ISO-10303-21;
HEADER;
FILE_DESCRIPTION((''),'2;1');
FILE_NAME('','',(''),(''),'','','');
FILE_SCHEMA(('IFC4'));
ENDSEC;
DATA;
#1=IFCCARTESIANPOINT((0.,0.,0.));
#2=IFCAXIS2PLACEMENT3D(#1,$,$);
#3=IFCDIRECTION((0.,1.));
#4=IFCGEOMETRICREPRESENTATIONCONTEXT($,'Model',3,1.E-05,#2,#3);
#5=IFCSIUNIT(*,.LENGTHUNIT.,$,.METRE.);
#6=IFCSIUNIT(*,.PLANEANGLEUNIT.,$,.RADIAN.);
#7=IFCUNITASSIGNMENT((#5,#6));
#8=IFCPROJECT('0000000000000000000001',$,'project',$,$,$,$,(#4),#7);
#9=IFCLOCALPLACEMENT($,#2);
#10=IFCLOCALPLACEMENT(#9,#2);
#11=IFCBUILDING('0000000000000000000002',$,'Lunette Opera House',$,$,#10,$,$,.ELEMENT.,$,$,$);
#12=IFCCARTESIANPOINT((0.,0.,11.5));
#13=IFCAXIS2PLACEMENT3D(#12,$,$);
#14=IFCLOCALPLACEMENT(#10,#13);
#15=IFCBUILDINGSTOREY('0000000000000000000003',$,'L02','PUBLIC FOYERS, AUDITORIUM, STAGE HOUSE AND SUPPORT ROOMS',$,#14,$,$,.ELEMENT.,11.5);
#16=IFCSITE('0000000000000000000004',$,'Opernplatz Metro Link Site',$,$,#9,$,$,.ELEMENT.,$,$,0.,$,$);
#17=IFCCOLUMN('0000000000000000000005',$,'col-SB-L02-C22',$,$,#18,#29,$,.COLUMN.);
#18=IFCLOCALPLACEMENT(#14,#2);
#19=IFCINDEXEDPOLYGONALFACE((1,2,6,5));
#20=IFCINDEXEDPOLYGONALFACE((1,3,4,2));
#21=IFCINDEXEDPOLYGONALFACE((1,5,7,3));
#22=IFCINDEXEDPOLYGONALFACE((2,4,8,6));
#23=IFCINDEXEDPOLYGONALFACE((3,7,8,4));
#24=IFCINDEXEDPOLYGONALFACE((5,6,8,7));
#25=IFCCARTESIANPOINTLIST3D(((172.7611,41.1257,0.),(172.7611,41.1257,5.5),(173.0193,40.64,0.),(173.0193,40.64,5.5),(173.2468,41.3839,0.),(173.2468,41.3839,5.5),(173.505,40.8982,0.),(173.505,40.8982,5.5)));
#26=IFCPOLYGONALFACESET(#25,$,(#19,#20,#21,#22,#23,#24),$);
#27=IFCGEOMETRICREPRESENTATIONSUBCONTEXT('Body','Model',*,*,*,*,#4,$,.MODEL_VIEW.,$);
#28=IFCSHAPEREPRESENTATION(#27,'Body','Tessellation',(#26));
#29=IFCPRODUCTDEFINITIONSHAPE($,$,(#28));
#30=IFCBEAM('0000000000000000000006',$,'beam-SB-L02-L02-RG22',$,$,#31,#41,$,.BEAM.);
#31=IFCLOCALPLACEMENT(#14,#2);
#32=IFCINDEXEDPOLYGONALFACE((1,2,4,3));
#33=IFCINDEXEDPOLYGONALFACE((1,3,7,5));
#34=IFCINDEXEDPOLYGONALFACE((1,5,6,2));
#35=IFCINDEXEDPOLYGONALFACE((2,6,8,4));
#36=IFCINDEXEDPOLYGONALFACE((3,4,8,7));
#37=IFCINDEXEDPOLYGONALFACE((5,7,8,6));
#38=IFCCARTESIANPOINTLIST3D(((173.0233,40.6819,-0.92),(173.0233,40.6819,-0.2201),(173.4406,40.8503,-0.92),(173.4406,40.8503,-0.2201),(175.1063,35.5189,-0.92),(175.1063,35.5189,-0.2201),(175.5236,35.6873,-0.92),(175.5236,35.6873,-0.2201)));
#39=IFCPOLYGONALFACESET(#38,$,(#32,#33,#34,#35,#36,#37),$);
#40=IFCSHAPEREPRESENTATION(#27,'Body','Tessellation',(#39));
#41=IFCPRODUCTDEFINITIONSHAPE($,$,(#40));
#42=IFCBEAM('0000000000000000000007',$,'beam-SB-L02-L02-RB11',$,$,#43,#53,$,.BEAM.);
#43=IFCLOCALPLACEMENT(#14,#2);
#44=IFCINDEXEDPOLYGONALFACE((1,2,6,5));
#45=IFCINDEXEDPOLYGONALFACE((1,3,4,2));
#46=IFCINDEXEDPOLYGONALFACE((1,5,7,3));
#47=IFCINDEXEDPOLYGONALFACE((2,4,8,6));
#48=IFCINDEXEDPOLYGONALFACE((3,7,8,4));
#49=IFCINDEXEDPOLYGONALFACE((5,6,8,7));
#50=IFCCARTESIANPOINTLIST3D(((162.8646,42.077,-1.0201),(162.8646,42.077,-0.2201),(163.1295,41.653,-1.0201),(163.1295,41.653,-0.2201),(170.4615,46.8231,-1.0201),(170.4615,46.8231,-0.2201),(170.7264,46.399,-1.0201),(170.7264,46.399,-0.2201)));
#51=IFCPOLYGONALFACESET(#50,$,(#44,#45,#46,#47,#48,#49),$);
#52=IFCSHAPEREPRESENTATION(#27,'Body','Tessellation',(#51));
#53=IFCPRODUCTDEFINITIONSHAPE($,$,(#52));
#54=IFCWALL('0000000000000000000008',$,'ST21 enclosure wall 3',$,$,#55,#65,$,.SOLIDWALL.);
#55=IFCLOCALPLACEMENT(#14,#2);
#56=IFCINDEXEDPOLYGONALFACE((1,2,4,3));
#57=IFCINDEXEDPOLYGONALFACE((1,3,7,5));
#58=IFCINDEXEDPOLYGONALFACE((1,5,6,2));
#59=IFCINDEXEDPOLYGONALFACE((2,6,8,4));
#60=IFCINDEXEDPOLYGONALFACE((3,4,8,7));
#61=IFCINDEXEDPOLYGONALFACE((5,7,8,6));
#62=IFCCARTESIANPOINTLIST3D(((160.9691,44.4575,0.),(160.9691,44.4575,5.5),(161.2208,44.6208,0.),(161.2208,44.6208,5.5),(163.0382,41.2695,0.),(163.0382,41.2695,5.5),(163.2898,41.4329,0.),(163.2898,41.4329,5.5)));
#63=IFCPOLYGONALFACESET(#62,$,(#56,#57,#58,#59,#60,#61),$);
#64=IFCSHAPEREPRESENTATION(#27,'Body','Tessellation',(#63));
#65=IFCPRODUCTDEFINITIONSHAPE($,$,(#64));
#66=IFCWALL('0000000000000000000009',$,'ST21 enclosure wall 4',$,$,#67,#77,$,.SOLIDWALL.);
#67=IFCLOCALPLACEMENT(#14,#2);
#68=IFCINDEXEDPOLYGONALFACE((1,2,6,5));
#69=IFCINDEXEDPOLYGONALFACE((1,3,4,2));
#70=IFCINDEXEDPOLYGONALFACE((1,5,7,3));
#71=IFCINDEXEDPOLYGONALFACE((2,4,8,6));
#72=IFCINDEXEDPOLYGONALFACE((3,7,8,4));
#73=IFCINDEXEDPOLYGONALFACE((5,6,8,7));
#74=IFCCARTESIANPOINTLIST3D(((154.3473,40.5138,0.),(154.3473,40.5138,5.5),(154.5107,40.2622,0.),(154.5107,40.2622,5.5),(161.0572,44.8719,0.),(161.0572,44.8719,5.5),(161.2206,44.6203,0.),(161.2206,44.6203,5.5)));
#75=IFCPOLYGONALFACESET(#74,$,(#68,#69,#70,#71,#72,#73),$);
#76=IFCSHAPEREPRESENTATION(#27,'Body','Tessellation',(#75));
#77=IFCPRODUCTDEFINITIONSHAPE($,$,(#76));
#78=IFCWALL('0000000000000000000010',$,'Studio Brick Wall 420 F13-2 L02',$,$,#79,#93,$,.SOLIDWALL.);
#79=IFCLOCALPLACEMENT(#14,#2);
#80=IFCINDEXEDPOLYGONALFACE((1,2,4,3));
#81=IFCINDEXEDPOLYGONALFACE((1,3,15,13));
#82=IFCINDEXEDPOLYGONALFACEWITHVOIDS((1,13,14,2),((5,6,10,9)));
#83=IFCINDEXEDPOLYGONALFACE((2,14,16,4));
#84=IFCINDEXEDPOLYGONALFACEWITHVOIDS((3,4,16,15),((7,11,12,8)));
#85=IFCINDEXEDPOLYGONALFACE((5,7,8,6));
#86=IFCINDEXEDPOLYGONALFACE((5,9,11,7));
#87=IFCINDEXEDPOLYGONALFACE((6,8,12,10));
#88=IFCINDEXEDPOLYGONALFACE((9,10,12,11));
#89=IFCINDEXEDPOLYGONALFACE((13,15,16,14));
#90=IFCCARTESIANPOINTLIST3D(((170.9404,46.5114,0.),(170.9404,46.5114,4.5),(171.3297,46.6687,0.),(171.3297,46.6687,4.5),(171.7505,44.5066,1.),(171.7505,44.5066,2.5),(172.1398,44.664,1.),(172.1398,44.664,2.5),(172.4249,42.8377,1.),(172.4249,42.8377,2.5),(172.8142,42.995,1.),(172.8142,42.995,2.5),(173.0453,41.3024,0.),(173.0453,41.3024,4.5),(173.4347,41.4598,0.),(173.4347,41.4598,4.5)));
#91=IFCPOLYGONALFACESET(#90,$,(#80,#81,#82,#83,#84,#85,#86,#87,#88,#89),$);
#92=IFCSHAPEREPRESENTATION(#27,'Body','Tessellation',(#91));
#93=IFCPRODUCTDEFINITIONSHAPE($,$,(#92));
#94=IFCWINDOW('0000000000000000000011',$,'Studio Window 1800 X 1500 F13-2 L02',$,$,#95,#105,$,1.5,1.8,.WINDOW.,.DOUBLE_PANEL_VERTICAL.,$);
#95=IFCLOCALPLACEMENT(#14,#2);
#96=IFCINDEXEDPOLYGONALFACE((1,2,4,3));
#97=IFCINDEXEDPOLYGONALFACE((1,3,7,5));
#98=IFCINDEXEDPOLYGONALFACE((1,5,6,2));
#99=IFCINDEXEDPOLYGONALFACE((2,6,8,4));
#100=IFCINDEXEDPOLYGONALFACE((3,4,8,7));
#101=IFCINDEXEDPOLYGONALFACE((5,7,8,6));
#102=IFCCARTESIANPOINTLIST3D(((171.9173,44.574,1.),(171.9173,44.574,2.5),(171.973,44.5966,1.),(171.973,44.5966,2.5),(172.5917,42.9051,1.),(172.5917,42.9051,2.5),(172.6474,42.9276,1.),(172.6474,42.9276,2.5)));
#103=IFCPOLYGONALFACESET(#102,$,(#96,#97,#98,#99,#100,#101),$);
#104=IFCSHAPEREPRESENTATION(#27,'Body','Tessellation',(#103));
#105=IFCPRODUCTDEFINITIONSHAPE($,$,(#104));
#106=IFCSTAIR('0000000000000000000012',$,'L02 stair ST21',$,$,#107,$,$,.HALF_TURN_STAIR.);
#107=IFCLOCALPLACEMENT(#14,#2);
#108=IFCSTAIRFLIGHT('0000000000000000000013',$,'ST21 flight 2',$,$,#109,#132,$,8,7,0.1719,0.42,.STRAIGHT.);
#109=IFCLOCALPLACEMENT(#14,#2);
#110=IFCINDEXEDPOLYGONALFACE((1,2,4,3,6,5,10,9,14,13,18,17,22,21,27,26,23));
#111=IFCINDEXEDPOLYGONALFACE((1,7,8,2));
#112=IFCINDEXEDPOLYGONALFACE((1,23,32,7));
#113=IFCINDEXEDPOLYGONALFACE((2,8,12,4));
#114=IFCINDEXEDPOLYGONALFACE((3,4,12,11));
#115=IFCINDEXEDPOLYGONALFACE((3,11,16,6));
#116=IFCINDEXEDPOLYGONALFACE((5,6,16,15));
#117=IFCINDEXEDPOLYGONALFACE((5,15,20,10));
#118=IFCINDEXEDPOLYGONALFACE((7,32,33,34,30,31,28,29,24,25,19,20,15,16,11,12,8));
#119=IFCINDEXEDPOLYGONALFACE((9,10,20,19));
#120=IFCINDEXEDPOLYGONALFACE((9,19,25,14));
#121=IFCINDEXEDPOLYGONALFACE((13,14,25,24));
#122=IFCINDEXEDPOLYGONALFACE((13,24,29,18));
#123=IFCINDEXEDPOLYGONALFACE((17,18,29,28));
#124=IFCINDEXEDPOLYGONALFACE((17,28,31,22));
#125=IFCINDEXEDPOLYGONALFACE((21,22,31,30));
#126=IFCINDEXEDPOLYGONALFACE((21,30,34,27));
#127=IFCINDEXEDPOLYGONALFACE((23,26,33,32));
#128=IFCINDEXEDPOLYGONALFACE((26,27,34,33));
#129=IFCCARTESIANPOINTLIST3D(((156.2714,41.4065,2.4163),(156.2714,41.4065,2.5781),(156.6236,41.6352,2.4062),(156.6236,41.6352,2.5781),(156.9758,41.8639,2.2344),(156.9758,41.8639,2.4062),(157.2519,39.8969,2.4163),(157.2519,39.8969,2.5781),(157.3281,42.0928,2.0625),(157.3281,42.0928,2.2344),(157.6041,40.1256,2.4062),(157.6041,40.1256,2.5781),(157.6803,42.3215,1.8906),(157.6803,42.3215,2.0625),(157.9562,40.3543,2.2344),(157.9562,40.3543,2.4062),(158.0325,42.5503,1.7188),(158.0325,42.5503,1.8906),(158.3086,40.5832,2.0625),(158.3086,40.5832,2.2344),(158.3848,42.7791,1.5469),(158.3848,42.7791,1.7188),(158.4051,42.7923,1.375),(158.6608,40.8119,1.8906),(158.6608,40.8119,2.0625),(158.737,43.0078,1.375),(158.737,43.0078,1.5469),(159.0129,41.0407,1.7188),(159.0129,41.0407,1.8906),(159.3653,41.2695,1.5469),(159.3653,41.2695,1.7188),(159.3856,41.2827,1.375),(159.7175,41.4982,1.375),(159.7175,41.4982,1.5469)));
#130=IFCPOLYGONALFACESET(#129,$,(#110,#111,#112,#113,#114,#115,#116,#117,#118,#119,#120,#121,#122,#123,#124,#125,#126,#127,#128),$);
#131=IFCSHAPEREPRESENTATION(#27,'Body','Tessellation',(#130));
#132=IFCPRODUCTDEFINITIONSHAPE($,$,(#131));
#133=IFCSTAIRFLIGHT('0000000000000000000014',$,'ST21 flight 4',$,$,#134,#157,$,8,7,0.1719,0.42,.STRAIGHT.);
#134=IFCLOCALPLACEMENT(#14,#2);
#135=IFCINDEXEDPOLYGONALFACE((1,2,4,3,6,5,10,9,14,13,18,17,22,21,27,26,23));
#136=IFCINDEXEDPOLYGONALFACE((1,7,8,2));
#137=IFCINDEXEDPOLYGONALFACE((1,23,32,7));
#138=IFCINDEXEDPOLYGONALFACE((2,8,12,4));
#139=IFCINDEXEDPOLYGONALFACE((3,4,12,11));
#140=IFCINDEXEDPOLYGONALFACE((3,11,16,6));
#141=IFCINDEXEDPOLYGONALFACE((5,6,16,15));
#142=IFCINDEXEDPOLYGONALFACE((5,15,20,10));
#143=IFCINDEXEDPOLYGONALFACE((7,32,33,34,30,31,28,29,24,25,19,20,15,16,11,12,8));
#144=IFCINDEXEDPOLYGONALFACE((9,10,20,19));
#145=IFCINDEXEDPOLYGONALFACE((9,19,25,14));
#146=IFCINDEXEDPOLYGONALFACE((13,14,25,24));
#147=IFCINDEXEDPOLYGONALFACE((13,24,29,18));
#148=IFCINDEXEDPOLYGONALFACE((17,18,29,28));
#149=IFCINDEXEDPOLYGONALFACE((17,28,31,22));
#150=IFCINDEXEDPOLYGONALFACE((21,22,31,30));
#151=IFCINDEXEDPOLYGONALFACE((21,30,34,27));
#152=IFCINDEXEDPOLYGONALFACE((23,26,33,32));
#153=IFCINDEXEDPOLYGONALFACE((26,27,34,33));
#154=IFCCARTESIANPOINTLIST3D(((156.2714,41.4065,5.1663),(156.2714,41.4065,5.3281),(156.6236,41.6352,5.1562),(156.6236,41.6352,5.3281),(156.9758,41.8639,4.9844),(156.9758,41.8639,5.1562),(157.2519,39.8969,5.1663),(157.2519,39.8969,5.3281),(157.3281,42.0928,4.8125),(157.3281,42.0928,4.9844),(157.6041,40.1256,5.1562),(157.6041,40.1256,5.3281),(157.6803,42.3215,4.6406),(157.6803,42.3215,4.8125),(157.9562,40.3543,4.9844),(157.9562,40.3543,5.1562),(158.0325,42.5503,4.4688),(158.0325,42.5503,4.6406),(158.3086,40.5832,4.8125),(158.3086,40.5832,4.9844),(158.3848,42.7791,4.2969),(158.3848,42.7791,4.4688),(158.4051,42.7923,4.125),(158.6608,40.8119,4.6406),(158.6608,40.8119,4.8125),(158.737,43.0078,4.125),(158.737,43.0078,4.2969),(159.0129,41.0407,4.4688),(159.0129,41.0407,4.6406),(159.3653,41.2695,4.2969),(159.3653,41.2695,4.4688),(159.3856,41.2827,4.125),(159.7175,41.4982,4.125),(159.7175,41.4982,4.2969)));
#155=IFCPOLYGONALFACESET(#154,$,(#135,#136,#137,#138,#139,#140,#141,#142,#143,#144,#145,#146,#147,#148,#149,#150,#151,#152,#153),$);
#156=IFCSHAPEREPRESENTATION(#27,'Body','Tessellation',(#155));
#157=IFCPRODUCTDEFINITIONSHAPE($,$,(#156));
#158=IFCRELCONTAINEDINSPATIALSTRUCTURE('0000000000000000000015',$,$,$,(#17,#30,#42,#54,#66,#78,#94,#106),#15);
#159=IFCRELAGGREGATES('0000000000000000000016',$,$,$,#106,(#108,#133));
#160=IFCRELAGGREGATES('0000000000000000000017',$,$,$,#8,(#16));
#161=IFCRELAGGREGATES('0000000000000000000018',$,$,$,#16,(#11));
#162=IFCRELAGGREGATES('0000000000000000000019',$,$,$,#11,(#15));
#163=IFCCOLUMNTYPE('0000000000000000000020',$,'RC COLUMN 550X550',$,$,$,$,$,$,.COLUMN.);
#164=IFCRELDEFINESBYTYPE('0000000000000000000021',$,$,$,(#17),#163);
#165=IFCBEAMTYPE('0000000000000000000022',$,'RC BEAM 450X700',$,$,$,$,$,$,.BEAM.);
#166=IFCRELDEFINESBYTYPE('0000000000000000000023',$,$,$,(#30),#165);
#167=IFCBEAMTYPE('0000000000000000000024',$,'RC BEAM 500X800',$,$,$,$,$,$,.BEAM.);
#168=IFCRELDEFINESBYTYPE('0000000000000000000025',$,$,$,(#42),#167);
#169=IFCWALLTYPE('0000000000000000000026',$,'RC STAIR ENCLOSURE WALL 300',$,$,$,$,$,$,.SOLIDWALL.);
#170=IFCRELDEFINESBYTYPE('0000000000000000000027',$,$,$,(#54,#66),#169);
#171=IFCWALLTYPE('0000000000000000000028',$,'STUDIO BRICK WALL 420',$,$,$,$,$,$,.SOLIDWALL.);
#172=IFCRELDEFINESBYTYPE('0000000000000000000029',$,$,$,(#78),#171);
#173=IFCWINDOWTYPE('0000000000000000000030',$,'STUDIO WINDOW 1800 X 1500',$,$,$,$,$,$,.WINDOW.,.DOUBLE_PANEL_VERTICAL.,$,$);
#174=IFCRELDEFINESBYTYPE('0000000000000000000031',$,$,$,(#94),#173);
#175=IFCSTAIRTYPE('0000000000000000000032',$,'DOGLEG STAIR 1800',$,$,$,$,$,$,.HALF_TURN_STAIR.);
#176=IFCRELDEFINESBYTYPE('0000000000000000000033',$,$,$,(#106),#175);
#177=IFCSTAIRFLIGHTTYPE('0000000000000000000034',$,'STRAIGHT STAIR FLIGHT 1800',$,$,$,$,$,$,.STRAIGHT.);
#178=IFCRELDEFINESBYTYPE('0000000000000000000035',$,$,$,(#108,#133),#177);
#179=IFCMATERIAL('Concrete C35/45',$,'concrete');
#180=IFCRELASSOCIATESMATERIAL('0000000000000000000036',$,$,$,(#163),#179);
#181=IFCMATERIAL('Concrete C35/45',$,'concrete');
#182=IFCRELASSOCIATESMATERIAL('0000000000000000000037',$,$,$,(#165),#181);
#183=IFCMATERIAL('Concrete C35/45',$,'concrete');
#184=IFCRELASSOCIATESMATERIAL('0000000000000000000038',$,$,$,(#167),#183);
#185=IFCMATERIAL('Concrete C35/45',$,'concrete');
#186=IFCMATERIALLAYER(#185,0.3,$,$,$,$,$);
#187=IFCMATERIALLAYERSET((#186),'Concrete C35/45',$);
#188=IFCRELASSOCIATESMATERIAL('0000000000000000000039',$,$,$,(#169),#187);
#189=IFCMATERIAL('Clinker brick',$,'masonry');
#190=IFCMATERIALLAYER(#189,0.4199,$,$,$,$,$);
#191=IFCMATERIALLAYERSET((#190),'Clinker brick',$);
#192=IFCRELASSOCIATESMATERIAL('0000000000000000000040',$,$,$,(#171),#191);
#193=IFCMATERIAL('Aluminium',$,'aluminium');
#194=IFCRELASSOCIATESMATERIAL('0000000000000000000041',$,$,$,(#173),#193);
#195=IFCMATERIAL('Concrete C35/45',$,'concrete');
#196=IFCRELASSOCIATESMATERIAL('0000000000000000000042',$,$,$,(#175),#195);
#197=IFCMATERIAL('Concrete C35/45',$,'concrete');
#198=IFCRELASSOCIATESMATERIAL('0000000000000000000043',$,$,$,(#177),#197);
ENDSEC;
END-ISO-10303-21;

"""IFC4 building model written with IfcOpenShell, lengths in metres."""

from ifc_helpers import new_model, si_unit, direction, frame, frame_2d, origin, origin_2d, place, context, subcontext, project, spatial, polyline, rectangle, outline, extrude, material, layer, layer_set, material_profile, profile_set, type_object, element, fill, aggregate, save


model = new_model("IFC4")

# Units and contexts
model_context = context("Model", 3, precision=1e-05, world=origin(), true_north=direction((0.0, 1.0)))
body_context = subcontext(model_context, "Body", "Model", "MODEL_VIEW")
ifc_project = project(units=[si_unit("LENGTHUNIT", "METRE"), si_unit("PLANEANGLEUNIT", "RADIAN")], contexts=[model_context])

# Site, building, storey
site_placement = place(None, origin())
site = spatial("IfcSite", under=ifc_project, at=site_placement, Name="Opernplatz Metro Link Site", CompositionType="ELEMENT", RefElevation=0.0)
building_placement = place(site_placement, origin())
building = spatial("IfcBuilding", under=site, at=building_placement, Name="Lunette Opera House", CompositionType="ELEMENT")
storey_placement = place(building_placement, frame((0.0, 0.0, 11.5)))
storey = spatial("IfcBuildingStorey", under=building, at=storey_placement, Name="L02", Description="PUBLIC FOYERS, AUDITORIUM, STAGE HOUSE AND SUPPORT ROOMS", CompositionType="ELEMENT", Elevation=11.5)

# Column
ifc_material_1 = material(Name="Concrete C35/45", Category="concrete")
ifc_material_profile_1 = material_profile(ifc_material_1, rectangle(XDim=0.55, YDim=0.55, at=origin_2d()), Name="RC COLUMN 550X550")
ifc_profile_set_1 = profile_set([ifc_material_profile_1], Name="Concrete C35/45")
column_type = type_object("IfcColumnType", Name="RC COLUMN 550X550", PredefinedType="COLUMN", material=ifc_profile_set_1)
column_placement = place(storey_placement, frame((173.1331, 41.012, 0.0), z_axis=(0.0, 0.0, 1.0), x_axis=(0.469472, -0.882948, 0.0)))
element("IfcColumn", 1, at=column_placement, inside=storey, type_object=column_type, Name="col-SB-L02-C22", PredefinedType="COLUMN", context=body_context, shape_type="SweptSolid", body=[
    extrude(rectangle(XDim=0.55, YDim=0.55, at=origin_2d()), origin(), (0.0, 0.0, 1.0), 5.5),
])

# Beams
ifc_material_2 = material(Name="Concrete C35/45", Category="concrete")
ifc_material_profile_2 = material_profile(ifc_material_2, rectangle(XDim=0.45, YDim=0.7, at=origin_2d()), Name="RC BEAM 450X700")
ifc_profile_set_2 = profile_set([ifc_material_profile_2], Name="Concrete C35/45")
beam_type_1 = type_object("IfcBeamType", Name="RC BEAM 450X700", PredefinedType="BEAM", material=ifc_profile_set_2)
beam_1_placement = place(storey_placement, frame((173.2319, 40.7661, -0.5701), z_axis=(0.374141, -0.927372, 0.0), x_axis=(0.927372, 0.374141, 0.0)))
element("IfcBeam", 2, at=beam_1_placement, inside=storey, type_object=beam_type_1, Name="beam-SB-L02-L02-RG22", PredefinedType="BEAM", context=body_context, shape_type="SweptSolid", body=[
    extrude(rectangle(XDim=0.45, YDim=0.7, at=origin_2d()), origin(), (0.0, 0.0, 1.0), 5.5674),
])
ifc_material_3 = material(Name="Concrete C35/45", Category="concrete")
ifc_material_profile_3 = material_profile(ifc_material_3, rectangle(XDim=0.5, YDim=0.8, at=origin_2d()), Name="RC BEAM 500X800")
ifc_profile_set_3 = profile_set([ifc_material_profile_3], Name="Concrete C35/45")
beam_type_2 = type_object("IfcBeamType", Name="RC BEAM 500X800", PredefinedType="BEAM", material=ifc_profile_set_3)
beam_2_placement = place(storey_placement, frame((162.9971, 41.865, -0.6201), z_axis=(0.848098, 0.52984, 0.0), x_axis=(-0.52984, 0.848098, 0.0)))
element("IfcBeam", 3, at=beam_2_placement, inside=storey, type_object=beam_type_2, Name="beam-SB-L02-L02-RB11", PredefinedType="BEAM", context=body_context, shape_type="SweptSolid", body=[
    extrude(rectangle(XDim=0.5, YDim=0.8, at=origin_2d()), origin(), (0.0, 0.0, 1.0), 8.9575),
])

# Walls
ifc_material_4 = material(Name="Concrete C35/45", Category="concrete")
ifc_layer_1 = layer(ifc_material_4, 0.3)
ifc_layer_set_1 = layer_set([ifc_layer_1], Name="Concrete C35/45")
wall_type_1 = type_object("IfcWallType", Name="RC STAIR ENCLOSURE WALL 300", PredefinedType="SOLIDWALL", material=ifc_layer_set_1)
wall_1_placement = place(storey_placement, frame((163.1641, 41.3511, 0.0), z_axis=(0.0, 0.0, 1.0), x_axis=(-0.544415, 0.838816, 0.0)))
element("IfcWall", 4, at=wall_1_placement, inside=storey, type_object=wall_type_1, Name="ST21 enclosure wall 3", PredefinedType="SOLIDWALL", context=body_context, shape_type="SweptSolid", body=[
    extrude(rectangle(XDim=3.8005, YDim=0.3, at=frame_2d((1.9004, 0.0))), origin(), (0.0, 0.0, 1.0), 5.5),
])
wall_2_placement = place(storey_placement, frame((161.1389, 44.7461, 0.0), z_axis=(0.0, 0.0, 1.0), x_axis=(-0.838633, -0.544697, 0.0)))
element("IfcWall", 5, at=wall_2_placement, inside=storey, type_object=wall_type_1, Name="ST21 enclosure wall 4", PredefinedType="SOLIDWALL", context=body_context, shape_type="SweptSolid", body=[
    extrude(rectangle(XDim=8.001, YDim=0.3, at=frame_2d((4.0005, 0.0))), origin(), (0.0, 0.0, 1.0), 5.5),
])

# Wall, opening, window
ifc_material_5 = material(Name="Clinker brick", Category="masonry")
ifc_layer_2 = layer(ifc_material_5, 0.4199)
ifc_layer_set_2 = layer_set([ifc_layer_2], Name="Clinker brick")
wall_type_2 = type_object("IfcWallType", Name="STUDIO BRICK WALL 420", PredefinedType="SOLIDWALL", material=ifc_layer_set_2)
wall_3_placement = place(storey_placement, frame((173.24, 41.3811, 0.0), z_axis=(0.0, 0.0, 1.0), x_axis=(-0.37467, 0.927158, 0.0)))
wall_3 = element("IfcWall", 6, at=wall_3_placement, inside=storey, type_object=wall_type_2, Name="Studio Brick Wall 420 F13-2 L02", PredefinedType="SOLIDWALL", context=body_context, shape_type="SweptSolid", body=[
    extrude(rectangle(XDim=5.6182, YDim=0.4199, at=frame_2d((2.8091, 0.0))), origin(), (0.0, 0.0, 1.0), 4.5),
])
opening_placement = place(wall_3_placement, frame((1.656, 0.0, 1.0)))
opening = element("IfcOpeningElement", 7, at=opening_placement, cuts=wall_3, PredefinedType="OPENING", context=body_context, shape_type="SweptSolid", body=[
    extrude(rectangle(XDim=1.8, YDim=1.5, at=frame_2d((0.8999, 0.75))), frame((0.0, 0.2219, 0.0), z_axis=(0.0, -1.0, 0.0), x_axis=(1.0, 0.0, 0.0)), (0.0, 0.0, 1.0), 0.4438),
])
ifc_material_6 = material(Name="Aluminium", Category="aluminium")
window_type = type_object("IfcWindowType", Name="STUDIO WINDOW 1800 X 1500", PartitioningType="DOUBLE_PANEL_VERTICAL", PredefinedType="WINDOW", material=ifc_material_6)
window_placement = place(opening_placement, origin())
window = element("IfcWindow", 8, at=window_placement, inside=storey, type_object=window_type, Name="Studio Window 1800 X 1500 F13-2 L02", OverallHeight=1.5, OverallWidth=1.8, PartitioningType="DOUBLE_PANEL_VERTICAL", PredefinedType="WINDOW", context=body_context, shape_type="SweptSolid", body=[
    extrude(rectangle(XDim=1.8, YDim=1.5, at=frame_2d((0.8999, 0.75))), frame((0.0, 0.03, 0.0), z_axis=(0.0, -1.0, 0.0), x_axis=(1.0, 0.0, 0.0)), (0.0, 0.0, 1.0), 0.0601),
])
fill(opening, window)

# Stair, stair flights
ifc_material_7 = material(Name="Concrete C35/45", Category="concrete")
stair_type = type_object("IfcStairType", Name="DOGLEG STAIR 1800", PredefinedType="HALF_TURN_STAIR", material=ifc_material_7)
stair_placement = place(storey_placement, origin())
stair = element("IfcStair", 9, at=stair_placement, inside=storey, type_object=stair_type, Name="L02 stair ST21", PredefinedType="HALF_TURN_STAIR")
ifc_material_8 = material(Name="Concrete C35/45", Category="concrete")
stair_flight_type = type_object("IfcStairFlightType", Name="STRAIGHT STAIR FLIGHT 1800", PredefinedType="STRAIGHT", material=ifc_material_8)
stair_flight_1_placement = place(storey_placement, frame((159.2273, 42.2529, 1.375), z_axis=(0.0, 0.0, 1.0), x_axis=(-0.838643, -0.544681, 0.0)))
stair_flight_1 = element("IfcStairFlight", 10, at=stair_flight_1_placement, type_object=stair_flight_type, Name="ST21 flight 2", NumberOfRisers=8, NumberOfTreads=7, PredefinedType="STRAIGHT", RiserHeight=0.1719, TreadLength=0.42, context=body_context, shape_type="SweptSolid", body=[
    extrude(outline(polyline([(0.0, 0.0), (0.0, 0.1719), (0.4199, 0.1719), (0.4199, 0.3438), (0.8401, 0.3438), (0.8401, 0.5156), (1.26, 0.5156), (1.26, 0.6875), (1.6799, 0.6875), (1.6799, 0.8594), (2.1001, 0.8594), (2.1001, 1.0312), (2.52, 1.0312), (2.52, 1.2031), (2.9399, 1.2031), (2.9399, 1.375), (2.9399, 1.0413), (0.3958, 0.0), (0.0, 0.0)])), frame((0.0, 0.8999, 0.0), z_axis=(0.0, -1.0, 0.0), x_axis=(1.0, 0.0, 0.0)), (0.0, 0.0, 1.0), 1.8),
])
stair_flight_2_placement = place(storey_placement, frame((159.2273, 42.2529, 4.125), z_axis=(0.0, 0.0, 1.0), x_axis=(-0.838643, -0.544681, 0.0)))
stair_flight_2 = element("IfcStairFlight", 11, at=stair_flight_2_placement, type_object=stair_flight_type, Name="ST21 flight 4", NumberOfRisers=8, NumberOfTreads=7, PredefinedType="STRAIGHT", RiserHeight=0.1719, TreadLength=0.42, context=body_context, shape_type="SweptSolid", body=[
    extrude(outline(polyline([(0.0, 0.0), (0.0, 0.1719), (0.4199, 0.1719), (0.4199, 0.3438), (0.8401, 0.3438), (0.8401, 0.5156), (1.26, 0.5156), (1.26, 0.6875), (1.6799, 0.6875), (1.6799, 0.8594), (2.1001, 0.8594), (2.1001, 1.0312), (2.52, 1.0312), (2.52, 1.2031), (2.9399, 1.2031), (2.9399, 1.375), (2.9399, 1.0413), (0.3958, 0.0), (0.0, 0.0)])), frame((0.0, 0.8999, 0.0), z_axis=(0.0, -1.0, 0.0), x_axis=(1.0, 0.0, 0.0)), (0.0, 0.0, 1.0), 1.8),
])
aggregate(stair, [stair_flight_1, stair_flight_2])

save(model, "model.ifc")
